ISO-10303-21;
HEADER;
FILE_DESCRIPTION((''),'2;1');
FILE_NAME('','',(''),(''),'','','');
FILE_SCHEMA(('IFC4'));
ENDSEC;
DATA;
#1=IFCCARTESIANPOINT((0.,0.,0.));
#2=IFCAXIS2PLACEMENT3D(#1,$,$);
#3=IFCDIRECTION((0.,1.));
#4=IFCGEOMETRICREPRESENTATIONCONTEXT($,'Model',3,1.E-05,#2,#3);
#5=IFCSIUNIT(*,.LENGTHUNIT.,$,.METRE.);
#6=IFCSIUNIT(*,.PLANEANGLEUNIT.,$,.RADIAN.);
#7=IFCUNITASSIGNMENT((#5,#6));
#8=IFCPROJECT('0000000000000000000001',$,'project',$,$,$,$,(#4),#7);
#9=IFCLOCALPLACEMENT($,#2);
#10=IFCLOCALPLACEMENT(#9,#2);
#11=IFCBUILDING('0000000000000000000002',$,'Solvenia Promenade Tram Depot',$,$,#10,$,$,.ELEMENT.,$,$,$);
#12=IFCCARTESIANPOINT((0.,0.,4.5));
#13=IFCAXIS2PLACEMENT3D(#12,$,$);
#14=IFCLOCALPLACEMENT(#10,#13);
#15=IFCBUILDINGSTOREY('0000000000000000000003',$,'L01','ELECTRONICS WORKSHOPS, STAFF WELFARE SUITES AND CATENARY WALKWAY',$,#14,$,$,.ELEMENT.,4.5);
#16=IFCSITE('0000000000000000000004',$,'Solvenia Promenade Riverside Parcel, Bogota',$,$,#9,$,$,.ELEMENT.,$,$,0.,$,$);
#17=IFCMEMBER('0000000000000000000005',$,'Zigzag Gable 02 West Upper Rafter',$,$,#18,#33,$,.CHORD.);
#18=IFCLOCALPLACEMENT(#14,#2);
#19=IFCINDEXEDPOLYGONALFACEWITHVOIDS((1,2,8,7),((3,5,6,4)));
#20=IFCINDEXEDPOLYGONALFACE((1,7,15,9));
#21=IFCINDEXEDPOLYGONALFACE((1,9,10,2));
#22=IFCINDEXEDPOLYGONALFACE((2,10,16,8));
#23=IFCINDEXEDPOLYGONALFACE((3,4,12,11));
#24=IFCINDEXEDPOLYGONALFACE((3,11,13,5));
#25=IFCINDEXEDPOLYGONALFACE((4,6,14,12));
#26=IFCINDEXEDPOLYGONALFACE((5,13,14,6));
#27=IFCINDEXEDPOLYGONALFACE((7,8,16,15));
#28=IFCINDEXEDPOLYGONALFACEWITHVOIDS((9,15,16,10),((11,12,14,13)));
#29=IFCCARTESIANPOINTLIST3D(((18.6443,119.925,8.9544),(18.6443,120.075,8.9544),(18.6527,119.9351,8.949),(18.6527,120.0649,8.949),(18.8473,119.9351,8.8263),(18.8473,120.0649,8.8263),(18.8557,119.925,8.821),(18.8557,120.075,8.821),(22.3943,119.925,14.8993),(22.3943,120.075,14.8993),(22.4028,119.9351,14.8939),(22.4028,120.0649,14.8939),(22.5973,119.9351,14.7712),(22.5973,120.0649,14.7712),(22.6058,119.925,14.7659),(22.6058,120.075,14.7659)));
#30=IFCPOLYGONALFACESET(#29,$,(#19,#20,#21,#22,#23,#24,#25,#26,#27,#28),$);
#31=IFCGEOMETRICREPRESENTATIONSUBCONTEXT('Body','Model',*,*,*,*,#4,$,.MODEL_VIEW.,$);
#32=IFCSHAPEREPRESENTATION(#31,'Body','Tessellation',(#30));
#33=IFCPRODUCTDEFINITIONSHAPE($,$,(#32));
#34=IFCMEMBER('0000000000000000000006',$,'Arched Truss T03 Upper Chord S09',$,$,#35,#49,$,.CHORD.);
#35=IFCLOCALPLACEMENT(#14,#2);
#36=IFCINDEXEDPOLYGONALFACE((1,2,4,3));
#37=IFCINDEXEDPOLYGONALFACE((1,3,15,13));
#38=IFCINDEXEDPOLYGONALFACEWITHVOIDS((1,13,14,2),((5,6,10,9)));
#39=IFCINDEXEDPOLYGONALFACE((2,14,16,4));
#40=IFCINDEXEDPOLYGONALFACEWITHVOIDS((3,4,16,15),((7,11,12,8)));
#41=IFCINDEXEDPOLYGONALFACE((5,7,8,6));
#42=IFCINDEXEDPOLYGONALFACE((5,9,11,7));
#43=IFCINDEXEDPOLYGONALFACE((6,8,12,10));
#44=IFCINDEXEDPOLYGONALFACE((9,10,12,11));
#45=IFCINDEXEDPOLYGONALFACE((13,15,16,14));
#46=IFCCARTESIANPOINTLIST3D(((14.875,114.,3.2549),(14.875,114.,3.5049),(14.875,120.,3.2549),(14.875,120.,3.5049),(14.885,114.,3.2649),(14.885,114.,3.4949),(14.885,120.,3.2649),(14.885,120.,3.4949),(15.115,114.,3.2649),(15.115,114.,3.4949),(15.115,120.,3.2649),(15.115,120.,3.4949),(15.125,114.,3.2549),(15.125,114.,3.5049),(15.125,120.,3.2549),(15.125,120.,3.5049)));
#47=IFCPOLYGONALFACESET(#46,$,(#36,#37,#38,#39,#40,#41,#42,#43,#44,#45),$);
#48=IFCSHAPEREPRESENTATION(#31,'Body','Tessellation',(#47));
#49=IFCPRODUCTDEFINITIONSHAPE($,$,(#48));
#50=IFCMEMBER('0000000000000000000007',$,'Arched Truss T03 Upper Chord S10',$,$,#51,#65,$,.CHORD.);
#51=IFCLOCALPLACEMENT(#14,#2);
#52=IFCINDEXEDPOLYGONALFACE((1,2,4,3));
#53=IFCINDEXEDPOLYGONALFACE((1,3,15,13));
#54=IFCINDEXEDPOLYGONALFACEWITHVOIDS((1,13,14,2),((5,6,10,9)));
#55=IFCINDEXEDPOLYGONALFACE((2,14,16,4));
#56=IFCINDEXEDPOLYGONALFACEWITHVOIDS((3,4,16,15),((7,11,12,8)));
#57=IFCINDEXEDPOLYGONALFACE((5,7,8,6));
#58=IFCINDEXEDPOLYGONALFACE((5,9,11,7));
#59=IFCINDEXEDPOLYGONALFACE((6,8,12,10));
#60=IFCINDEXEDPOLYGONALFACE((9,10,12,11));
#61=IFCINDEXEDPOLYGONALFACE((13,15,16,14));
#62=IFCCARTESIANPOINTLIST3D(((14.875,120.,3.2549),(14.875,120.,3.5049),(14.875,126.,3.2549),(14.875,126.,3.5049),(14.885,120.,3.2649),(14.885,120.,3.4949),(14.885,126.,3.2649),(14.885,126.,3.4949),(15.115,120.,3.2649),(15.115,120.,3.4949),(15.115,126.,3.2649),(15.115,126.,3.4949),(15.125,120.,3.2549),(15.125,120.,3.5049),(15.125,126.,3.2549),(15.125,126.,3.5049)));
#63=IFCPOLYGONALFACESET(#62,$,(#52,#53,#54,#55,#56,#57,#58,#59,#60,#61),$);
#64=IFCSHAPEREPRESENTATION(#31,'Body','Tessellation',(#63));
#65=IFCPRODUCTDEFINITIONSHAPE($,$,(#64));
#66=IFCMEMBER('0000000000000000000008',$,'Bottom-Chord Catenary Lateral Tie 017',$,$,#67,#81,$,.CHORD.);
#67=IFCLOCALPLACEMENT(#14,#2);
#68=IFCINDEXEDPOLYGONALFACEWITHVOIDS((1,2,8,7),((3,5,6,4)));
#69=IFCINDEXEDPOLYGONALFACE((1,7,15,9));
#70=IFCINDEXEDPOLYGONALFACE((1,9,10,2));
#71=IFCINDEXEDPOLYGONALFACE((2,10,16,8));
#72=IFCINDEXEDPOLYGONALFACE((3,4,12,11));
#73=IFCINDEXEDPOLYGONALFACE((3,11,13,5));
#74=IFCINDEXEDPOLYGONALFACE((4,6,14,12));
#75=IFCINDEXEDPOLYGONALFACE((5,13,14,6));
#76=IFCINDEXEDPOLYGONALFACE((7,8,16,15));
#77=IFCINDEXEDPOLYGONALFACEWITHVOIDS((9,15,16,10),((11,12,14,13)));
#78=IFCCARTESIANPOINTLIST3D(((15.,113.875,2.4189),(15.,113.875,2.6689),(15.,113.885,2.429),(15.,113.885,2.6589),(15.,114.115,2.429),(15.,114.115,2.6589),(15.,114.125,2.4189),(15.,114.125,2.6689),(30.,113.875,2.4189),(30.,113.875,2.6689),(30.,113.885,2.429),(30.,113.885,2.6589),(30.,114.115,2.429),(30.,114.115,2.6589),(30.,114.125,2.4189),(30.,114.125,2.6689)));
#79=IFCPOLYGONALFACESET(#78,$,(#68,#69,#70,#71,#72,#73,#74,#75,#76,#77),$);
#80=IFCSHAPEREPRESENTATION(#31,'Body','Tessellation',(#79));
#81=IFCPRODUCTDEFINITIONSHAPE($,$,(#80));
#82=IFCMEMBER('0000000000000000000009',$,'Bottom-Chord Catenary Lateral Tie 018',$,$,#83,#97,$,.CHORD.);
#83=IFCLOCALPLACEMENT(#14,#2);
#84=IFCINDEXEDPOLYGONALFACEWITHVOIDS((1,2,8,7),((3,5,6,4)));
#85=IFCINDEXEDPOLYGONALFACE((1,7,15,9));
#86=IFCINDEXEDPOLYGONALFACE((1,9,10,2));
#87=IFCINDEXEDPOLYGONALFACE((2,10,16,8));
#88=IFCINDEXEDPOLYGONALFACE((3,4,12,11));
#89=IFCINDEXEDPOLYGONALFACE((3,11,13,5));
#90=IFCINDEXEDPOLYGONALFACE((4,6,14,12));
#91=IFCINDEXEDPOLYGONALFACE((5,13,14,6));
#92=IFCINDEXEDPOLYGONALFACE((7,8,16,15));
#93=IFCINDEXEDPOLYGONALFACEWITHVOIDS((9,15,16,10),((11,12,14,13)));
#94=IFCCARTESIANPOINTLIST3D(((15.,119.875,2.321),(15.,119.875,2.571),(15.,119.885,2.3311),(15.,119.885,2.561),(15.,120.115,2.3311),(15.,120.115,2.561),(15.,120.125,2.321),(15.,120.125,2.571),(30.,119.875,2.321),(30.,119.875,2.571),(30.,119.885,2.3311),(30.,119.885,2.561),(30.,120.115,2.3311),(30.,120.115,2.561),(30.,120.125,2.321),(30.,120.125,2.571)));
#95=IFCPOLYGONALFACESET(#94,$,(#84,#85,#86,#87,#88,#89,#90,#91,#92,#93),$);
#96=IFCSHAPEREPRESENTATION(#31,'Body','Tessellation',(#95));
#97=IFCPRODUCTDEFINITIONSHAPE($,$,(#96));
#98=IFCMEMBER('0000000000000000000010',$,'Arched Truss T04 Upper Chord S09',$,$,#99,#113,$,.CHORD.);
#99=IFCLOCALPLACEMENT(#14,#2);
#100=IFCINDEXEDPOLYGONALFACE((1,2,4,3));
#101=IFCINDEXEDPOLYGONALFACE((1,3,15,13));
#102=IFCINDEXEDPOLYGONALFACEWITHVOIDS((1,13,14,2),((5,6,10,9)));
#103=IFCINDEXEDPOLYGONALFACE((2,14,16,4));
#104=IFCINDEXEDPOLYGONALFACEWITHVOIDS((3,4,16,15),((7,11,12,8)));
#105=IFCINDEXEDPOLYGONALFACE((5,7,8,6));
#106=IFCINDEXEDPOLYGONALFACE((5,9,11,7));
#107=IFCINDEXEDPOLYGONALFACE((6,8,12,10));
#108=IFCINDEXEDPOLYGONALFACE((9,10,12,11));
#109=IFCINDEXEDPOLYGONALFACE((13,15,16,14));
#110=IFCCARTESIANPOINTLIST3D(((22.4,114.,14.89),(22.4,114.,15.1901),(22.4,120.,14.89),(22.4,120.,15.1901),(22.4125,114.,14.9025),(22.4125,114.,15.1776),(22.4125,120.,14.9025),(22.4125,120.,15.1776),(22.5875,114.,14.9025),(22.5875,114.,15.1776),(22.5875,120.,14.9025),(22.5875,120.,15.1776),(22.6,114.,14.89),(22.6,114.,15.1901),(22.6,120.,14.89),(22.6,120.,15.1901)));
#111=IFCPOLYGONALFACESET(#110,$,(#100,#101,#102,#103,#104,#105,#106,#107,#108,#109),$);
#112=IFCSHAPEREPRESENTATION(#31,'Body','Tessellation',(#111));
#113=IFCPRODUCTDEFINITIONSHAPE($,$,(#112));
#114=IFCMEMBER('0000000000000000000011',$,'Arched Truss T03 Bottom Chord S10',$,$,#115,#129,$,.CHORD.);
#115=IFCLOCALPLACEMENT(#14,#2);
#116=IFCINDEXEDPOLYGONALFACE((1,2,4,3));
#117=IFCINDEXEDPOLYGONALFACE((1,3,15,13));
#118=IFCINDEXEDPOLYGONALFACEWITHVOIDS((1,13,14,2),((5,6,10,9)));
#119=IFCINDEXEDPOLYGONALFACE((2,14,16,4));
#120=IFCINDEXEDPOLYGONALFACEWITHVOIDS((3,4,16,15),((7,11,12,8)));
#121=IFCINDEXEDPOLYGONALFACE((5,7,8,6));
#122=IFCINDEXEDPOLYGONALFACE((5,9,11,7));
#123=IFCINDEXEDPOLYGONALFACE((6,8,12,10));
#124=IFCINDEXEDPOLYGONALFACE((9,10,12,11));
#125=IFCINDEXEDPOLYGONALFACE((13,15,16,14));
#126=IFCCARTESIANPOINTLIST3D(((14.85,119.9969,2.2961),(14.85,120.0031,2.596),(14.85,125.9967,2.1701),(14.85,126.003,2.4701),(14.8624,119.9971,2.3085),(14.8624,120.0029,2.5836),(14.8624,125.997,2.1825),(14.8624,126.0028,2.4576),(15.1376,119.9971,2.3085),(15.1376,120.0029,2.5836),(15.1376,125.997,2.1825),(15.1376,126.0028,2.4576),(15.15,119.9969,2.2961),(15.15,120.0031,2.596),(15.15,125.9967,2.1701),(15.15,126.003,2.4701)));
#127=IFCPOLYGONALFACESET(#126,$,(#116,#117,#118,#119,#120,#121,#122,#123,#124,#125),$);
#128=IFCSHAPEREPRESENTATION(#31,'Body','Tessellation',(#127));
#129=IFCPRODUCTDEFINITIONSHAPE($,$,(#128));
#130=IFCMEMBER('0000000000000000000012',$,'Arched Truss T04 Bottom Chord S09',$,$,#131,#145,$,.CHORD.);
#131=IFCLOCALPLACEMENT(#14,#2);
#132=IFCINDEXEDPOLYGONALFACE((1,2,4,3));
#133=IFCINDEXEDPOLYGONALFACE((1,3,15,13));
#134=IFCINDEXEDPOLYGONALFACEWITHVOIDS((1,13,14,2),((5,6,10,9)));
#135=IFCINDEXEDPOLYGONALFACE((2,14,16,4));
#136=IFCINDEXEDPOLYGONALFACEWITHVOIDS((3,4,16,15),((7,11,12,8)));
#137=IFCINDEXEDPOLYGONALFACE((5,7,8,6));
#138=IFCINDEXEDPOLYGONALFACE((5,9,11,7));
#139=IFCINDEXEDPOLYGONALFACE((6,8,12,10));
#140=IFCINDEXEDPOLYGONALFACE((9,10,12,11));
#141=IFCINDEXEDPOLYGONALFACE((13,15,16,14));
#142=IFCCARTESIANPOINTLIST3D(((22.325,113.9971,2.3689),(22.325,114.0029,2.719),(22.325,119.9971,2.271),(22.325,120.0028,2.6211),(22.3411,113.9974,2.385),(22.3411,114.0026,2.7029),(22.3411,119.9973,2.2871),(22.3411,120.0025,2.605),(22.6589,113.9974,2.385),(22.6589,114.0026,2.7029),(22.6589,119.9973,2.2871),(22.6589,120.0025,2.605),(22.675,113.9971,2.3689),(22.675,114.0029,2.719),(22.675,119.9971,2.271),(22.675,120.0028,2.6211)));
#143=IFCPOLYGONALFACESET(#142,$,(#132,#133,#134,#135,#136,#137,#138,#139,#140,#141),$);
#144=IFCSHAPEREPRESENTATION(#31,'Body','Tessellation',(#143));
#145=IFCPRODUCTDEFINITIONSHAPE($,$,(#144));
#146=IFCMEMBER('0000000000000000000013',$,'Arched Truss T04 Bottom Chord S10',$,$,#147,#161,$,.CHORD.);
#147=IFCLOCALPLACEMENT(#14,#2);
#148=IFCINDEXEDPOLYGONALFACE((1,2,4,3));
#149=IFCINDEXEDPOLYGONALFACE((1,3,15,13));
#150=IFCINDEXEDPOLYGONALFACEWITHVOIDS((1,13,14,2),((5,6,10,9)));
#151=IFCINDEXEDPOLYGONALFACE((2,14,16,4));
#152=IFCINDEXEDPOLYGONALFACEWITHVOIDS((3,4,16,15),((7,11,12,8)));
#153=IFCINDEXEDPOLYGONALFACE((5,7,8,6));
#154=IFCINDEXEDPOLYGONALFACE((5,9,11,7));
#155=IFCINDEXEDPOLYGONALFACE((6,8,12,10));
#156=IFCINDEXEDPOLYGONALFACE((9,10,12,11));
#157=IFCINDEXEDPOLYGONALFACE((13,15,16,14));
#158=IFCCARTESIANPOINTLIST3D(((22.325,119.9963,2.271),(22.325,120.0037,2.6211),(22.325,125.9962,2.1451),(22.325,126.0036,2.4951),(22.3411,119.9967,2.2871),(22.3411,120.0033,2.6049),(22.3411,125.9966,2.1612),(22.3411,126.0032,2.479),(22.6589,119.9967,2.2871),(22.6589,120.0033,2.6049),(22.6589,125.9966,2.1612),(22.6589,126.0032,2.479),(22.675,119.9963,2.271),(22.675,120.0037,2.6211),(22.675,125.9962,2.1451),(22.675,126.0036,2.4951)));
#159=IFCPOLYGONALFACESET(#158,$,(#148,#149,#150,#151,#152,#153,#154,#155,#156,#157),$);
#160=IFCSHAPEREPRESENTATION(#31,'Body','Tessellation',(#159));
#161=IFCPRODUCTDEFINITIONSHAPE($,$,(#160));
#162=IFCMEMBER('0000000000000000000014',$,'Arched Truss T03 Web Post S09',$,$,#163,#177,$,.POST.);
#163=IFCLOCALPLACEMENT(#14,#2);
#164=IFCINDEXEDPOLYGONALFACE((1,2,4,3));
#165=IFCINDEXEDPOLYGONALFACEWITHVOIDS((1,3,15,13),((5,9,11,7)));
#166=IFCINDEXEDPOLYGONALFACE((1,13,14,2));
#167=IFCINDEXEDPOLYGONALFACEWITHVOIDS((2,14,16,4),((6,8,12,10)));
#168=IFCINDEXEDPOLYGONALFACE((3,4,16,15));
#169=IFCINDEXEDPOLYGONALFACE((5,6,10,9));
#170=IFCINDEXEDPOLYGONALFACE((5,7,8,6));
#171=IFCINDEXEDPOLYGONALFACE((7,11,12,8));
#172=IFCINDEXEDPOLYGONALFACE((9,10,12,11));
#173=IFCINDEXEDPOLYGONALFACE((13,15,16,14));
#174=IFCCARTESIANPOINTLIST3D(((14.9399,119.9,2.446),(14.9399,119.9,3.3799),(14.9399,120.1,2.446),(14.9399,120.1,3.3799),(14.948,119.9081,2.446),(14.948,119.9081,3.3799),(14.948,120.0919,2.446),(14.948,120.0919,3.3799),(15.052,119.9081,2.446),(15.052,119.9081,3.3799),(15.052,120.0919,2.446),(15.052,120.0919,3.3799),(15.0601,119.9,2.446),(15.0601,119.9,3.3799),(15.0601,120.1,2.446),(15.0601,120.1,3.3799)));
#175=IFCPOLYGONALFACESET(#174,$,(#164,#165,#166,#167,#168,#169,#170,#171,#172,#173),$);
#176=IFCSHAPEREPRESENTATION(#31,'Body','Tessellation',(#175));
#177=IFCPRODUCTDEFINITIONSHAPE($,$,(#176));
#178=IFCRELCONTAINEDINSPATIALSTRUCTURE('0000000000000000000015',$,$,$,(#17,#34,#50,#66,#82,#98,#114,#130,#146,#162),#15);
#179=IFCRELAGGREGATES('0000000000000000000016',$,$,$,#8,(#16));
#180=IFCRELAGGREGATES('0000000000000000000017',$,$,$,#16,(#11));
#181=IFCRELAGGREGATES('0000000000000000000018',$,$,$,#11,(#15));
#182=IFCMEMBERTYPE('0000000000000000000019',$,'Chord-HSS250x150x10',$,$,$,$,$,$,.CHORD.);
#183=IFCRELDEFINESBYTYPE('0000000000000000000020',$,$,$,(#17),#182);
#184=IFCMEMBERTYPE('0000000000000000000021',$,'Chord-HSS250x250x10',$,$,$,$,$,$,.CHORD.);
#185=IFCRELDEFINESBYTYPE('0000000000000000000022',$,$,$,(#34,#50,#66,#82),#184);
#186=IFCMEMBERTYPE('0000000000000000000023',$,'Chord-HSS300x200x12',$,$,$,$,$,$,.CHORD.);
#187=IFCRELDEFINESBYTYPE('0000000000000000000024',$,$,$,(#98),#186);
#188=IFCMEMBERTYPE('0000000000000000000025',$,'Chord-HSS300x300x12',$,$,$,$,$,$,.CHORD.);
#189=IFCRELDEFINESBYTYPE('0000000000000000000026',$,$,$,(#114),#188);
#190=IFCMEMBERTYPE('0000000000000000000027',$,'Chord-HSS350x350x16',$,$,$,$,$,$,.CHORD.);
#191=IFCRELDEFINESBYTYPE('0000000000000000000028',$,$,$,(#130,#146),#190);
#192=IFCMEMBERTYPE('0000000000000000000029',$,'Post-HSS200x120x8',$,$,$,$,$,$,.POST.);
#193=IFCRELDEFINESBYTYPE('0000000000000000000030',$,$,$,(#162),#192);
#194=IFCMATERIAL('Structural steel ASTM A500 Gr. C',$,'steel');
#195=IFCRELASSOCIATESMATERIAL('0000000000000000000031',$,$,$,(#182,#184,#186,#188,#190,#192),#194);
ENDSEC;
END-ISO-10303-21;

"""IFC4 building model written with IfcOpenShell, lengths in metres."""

from ifc_helpers import new_model, si_unit, direction, frame, origin, origin_2d, place, context, subcontext, project, spatial, hollow_rectangle, extrude, material, material_profile, profile_set, type_object, element, save


model = new_model("IFC4")

# Units and contexts
model_context = context("Model", 3, precision=1e-05, world=origin(), true_north=direction((0.0, 1.0)))
body_context = subcontext(model_context, "Body", "Model", "MODEL_VIEW")
ifc_project = project(units=[si_unit("LENGTHUNIT", "METRE"), si_unit("PLANEANGLEUNIT", "RADIAN")], contexts=[model_context])

# Site, building, storey
site_placement = place(None, origin())
site = spatial("IfcSite", under=ifc_project, at=site_placement, Name="Solvenia Promenade Riverside Parcel, Bogota", CompositionType="ELEMENT", RefElevation=0.0)
building_placement = place(site_placement, origin())
building = spatial("IfcBuilding", under=site, at=building_placement, Name="Solvenia Promenade Tram Depot", CompositionType="ELEMENT")
storey_placement = place(building_placement, frame((0.0, 0.0, 4.5)))
storey = spatial("IfcBuildingStorey", under=building, at=storey_placement, Name="L01", Description="ELECTRONICS WORKSHOPS, STAFF WELFARE SUITES AND CATENARY WALKWAY", CompositionType="ELEMENT", Elevation=4.5)

# Members
ifc_material_1 = material(Name="Structural steel ASTM A500 Gr. C", Category="steel")
ifc_material_profile_1 = material_profile(ifc_material_1, hollow_rectangle(XDim=0.1499, YDim=0.25, WallThickness=0.01, at=origin_2d()), Name="HSS250x150x10", Category="steel")
ifc_profile_set_1 = profile_set([ifc_material_profile_1], Name="Structural steel ASTM A500 Gr. C")
member_type_1 = type_object("IfcMemberType", Name="Chord-HSS250x150x10", PredefinedType="CHORD", material=ifc_profile_set_1)
member_1_placement = place(storey_placement, frame((18.75, 120.0, 8.8877), z_axis=(0.533522, 0.0, 0.845786), x_axis=(0.0, 1.0, 0.0)))
element("IfcMember", 1, at=member_1_placement, inside=storey, type_object=member_type_1, Name="Zigzag Gable 02 West Upper Rafter", PredefinedType="CHORD", context=body_context, shape_type="SweptSolid", body=[
    extrude(hollow_rectangle(XDim=0.1499, YDim=0.25, WallThickness=0.01, at=origin_2d()), origin(), (0.0, 0.0, 1.0), 7.0288),
])
ifc_material_profile_2 = material_profile(ifc_material_1, hollow_rectangle(XDim=0.25, YDim=0.25, WallThickness=0.01, at=origin_2d()), Name="HSS250x250x10", Category="steel")
ifc_profile_set_2 = profile_set([ifc_material_profile_2], Name="Structural steel ASTM A500 Gr. C")
member_type_2 = type_object("IfcMemberType", Name="Chord-HSS250x250x10", PredefinedType="CHORD", material=ifc_profile_set_2)
for number, where, z_axis, x_axis, name in (
    (2, (15.0, 114.0, 3.3799), (0.0, 1.0, 0.0), (-1.0, 0.0, 0.0), "Arched Truss T03 Upper Chord S09"),
    (3, (15.0, 120.0, 3.3799), (0.0, 1.0, 0.0), (-1.0, 0.0, 0.0), "Arched Truss T03 Upper Chord S10"),
):
    element("IfcMember", number, at=place(storey_placement, frame(where, z_axis=z_axis, x_axis=x_axis)), inside=storey, type_object=member_type_2, Name=name, PredefinedType="CHORD", context=body_context, shape_type="SweptSolid", body=[
        extrude(hollow_rectangle(XDim=0.25, YDim=0.25, WallThickness=0.01, at=origin_2d()), origin(), (0.0, 0.0, 1.0), 6.0),
    ])
for number, where, z_axis, x_axis, name in (
    (4, (15.0, 114.0, 2.5439), (1.0, 0.0, 0.0), (0.0, 1.0, 0.0), "Bottom-Chord Catenary Lateral Tie 017"),
    (5, (15.0, 120.0, 2.446), (1.0, 0.0, 0.0), (0.0, 1.0, 0.0), "Bottom-Chord Catenary Lateral Tie 018"),
):
    element("IfcMember", number, at=place(storey_placement, frame(where, z_axis=z_axis, x_axis=x_axis)), inside=storey, type_object=member_type_2, Name=name, PredefinedType="CHORD", context=body_context, shape_type="SweptSolid", body=[
        extrude(hollow_rectangle(XDim=0.25, YDim=0.25, WallThickness=0.01, at=origin_2d()), origin(), (0.0, 0.0, 1.0), 15.0),
    ])
ifc_material_profile_3 = material_profile(ifc_material_1, hollow_rectangle(XDim=0.2, YDim=0.3, WallThickness=0.0125, at=origin_2d()), Name="HSS300x200x12.5", Category="steel")
ifc_profile_set_3 = profile_set([ifc_material_profile_3], Name="Structural steel ASTM A500 Gr. C")
member_type_3 = type_object("IfcMemberType", Name="Chord-HSS300x200x12", PredefinedType="CHORD", material=ifc_profile_set_3)
member_2_placement = place(storey_placement, frame((22.5, 114.0, 15.04), z_axis=(0.0, 1.0, 0.0), x_axis=(-1.0, 0.0, 0.0)))
element("IfcMember", 6, at=member_2_placement, inside=storey, type_object=member_type_3, Name="Arched Truss T04 Upper Chord S09", PredefinedType="CHORD", context=body_context, shape_type="SweptSolid", body=[
    extrude(hollow_rectangle(XDim=0.2, YDim=0.3, WallThickness=0.0125, at=origin_2d()), origin(), (0.0, 0.0, 1.0), 6.0),
])
ifc_material_profile_4 = material_profile(ifc_material_1, hollow_rectangle(XDim=0.3, YDim=0.3, WallThickness=0.0125, at=origin_2d()), Name="HSS300x300x12.5", Category="steel")
ifc_profile_set_4 = profile_set([ifc_material_profile_4], Name="Structural steel ASTM A500 Gr. C")
member_type_4 = type_object("IfcMemberType", Name="Chord-HSS300x300x12", PredefinedType="CHORD", material=ifc_profile_set_4)
member_3_placement = place(storey_placement, frame((15.0, 120.0, 2.446), z_axis=(0.0, 0.99978, -0.020991), x_axis=(-1.0, 0.0, 0.0)))
element("IfcMember", 7, at=member_3_placement, inside=storey, type_object=member_type_4, Name="Arched Truss T03 Bottom Chord S10", PredefinedType="CHORD", context=body_context, shape_type="SweptSolid", body=[
    extrude(hollow_rectangle(XDim=0.3, YDim=0.3, WallThickness=0.0125, at=origin_2d()), origin(), (0.0, 0.0, 1.0), 6.0012),
])
ifc_material_profile_5 = material_profile(ifc_material_1, hollow_rectangle(XDim=0.3501, YDim=0.3501, WallThickness=0.0161, at=origin_2d()), Name="HSS350x350x16", Category="steel")
ifc_profile_set_5 = profile_set([ifc_material_profile_5], Name="Structural steel ASTM A500 Gr. C")
member_type_5 = type_object("IfcMemberType", Name="Chord-HSS350x350x16", PredefinedType="CHORD", material=ifc_profile_set_5)
member_4_placement = place(storey_placement, frame((22.5, 114.0, 2.5439), z_axis=(0.0, 0.999867, -0.016315), x_axis=(-1.0, 0.0, 0.0)))
element("IfcMember", 8, at=member_4_placement, inside=storey, type_object=member_type_5, Name="Arched Truss T04 Bottom Chord S09", PredefinedType="CHORD", context=body_context, shape_type="SweptSolid", body=[
    extrude(hollow_rectangle(XDim=0.3501, YDim=0.3501, WallThickness=0.0161, at=origin_2d()), origin(), (0.0, 0.0, 1.0), 6.0007),
])
member_5_placement = place(storey_placement, frame((22.5, 120.0, 2.446), z_axis=(0.0, 0.99978, -0.020991), x_axis=(-1.0, 0.0, 0.0)))
element("IfcMember", 9, at=member_5_placement, inside=storey, type_object=member_type_5, Name="Arched Truss T04 Bottom Chord S10", PredefinedType="CHORD", context=body_context, shape_type="SweptSolid", body=[
    extrude(hollow_rectangle(XDim=0.3501, YDim=0.3501, WallThickness=0.0161, at=origin_2d()), origin(), (0.0, 0.0, 1.0), 6.0012),
])
ifc_material_profile_6 = material_profile(ifc_material_1, hollow_rectangle(XDim=0.1201, YDim=0.2, WallThickness=0.0081, at=origin_2d()), Name="HSS200x120x8", Category="steel")
ifc_profile_set_6 = profile_set([ifc_material_profile_6], Name="Structural steel ASTM A500 Gr. C")
member_type_6 = type_object("IfcMemberType", Name="Post-HSS200x120x8", PredefinedType="POST", material=ifc_profile_set_6)
member_6_placement = place(storey_placement, frame((15.0, 120.0, 2.446), z_axis=(0.0, 0.0, 1.0), x_axis=(1.0, 0.0, 0.0)))
element("IfcMember", 10, at=member_6_placement, inside=storey, type_object=member_type_6, Name="Arched Truss T03 Web Post S09", PredefinedType="POST", context=body_context, shape_type="SweptSolid", body=[
    extrude(hollow_rectangle(XDim=0.1201, YDim=0.2, WallThickness=0.0081, at=origin_2d()), origin(), (0.0, 0.0, 1.0), 0.9338),
])

save(model, "model.ifc")
